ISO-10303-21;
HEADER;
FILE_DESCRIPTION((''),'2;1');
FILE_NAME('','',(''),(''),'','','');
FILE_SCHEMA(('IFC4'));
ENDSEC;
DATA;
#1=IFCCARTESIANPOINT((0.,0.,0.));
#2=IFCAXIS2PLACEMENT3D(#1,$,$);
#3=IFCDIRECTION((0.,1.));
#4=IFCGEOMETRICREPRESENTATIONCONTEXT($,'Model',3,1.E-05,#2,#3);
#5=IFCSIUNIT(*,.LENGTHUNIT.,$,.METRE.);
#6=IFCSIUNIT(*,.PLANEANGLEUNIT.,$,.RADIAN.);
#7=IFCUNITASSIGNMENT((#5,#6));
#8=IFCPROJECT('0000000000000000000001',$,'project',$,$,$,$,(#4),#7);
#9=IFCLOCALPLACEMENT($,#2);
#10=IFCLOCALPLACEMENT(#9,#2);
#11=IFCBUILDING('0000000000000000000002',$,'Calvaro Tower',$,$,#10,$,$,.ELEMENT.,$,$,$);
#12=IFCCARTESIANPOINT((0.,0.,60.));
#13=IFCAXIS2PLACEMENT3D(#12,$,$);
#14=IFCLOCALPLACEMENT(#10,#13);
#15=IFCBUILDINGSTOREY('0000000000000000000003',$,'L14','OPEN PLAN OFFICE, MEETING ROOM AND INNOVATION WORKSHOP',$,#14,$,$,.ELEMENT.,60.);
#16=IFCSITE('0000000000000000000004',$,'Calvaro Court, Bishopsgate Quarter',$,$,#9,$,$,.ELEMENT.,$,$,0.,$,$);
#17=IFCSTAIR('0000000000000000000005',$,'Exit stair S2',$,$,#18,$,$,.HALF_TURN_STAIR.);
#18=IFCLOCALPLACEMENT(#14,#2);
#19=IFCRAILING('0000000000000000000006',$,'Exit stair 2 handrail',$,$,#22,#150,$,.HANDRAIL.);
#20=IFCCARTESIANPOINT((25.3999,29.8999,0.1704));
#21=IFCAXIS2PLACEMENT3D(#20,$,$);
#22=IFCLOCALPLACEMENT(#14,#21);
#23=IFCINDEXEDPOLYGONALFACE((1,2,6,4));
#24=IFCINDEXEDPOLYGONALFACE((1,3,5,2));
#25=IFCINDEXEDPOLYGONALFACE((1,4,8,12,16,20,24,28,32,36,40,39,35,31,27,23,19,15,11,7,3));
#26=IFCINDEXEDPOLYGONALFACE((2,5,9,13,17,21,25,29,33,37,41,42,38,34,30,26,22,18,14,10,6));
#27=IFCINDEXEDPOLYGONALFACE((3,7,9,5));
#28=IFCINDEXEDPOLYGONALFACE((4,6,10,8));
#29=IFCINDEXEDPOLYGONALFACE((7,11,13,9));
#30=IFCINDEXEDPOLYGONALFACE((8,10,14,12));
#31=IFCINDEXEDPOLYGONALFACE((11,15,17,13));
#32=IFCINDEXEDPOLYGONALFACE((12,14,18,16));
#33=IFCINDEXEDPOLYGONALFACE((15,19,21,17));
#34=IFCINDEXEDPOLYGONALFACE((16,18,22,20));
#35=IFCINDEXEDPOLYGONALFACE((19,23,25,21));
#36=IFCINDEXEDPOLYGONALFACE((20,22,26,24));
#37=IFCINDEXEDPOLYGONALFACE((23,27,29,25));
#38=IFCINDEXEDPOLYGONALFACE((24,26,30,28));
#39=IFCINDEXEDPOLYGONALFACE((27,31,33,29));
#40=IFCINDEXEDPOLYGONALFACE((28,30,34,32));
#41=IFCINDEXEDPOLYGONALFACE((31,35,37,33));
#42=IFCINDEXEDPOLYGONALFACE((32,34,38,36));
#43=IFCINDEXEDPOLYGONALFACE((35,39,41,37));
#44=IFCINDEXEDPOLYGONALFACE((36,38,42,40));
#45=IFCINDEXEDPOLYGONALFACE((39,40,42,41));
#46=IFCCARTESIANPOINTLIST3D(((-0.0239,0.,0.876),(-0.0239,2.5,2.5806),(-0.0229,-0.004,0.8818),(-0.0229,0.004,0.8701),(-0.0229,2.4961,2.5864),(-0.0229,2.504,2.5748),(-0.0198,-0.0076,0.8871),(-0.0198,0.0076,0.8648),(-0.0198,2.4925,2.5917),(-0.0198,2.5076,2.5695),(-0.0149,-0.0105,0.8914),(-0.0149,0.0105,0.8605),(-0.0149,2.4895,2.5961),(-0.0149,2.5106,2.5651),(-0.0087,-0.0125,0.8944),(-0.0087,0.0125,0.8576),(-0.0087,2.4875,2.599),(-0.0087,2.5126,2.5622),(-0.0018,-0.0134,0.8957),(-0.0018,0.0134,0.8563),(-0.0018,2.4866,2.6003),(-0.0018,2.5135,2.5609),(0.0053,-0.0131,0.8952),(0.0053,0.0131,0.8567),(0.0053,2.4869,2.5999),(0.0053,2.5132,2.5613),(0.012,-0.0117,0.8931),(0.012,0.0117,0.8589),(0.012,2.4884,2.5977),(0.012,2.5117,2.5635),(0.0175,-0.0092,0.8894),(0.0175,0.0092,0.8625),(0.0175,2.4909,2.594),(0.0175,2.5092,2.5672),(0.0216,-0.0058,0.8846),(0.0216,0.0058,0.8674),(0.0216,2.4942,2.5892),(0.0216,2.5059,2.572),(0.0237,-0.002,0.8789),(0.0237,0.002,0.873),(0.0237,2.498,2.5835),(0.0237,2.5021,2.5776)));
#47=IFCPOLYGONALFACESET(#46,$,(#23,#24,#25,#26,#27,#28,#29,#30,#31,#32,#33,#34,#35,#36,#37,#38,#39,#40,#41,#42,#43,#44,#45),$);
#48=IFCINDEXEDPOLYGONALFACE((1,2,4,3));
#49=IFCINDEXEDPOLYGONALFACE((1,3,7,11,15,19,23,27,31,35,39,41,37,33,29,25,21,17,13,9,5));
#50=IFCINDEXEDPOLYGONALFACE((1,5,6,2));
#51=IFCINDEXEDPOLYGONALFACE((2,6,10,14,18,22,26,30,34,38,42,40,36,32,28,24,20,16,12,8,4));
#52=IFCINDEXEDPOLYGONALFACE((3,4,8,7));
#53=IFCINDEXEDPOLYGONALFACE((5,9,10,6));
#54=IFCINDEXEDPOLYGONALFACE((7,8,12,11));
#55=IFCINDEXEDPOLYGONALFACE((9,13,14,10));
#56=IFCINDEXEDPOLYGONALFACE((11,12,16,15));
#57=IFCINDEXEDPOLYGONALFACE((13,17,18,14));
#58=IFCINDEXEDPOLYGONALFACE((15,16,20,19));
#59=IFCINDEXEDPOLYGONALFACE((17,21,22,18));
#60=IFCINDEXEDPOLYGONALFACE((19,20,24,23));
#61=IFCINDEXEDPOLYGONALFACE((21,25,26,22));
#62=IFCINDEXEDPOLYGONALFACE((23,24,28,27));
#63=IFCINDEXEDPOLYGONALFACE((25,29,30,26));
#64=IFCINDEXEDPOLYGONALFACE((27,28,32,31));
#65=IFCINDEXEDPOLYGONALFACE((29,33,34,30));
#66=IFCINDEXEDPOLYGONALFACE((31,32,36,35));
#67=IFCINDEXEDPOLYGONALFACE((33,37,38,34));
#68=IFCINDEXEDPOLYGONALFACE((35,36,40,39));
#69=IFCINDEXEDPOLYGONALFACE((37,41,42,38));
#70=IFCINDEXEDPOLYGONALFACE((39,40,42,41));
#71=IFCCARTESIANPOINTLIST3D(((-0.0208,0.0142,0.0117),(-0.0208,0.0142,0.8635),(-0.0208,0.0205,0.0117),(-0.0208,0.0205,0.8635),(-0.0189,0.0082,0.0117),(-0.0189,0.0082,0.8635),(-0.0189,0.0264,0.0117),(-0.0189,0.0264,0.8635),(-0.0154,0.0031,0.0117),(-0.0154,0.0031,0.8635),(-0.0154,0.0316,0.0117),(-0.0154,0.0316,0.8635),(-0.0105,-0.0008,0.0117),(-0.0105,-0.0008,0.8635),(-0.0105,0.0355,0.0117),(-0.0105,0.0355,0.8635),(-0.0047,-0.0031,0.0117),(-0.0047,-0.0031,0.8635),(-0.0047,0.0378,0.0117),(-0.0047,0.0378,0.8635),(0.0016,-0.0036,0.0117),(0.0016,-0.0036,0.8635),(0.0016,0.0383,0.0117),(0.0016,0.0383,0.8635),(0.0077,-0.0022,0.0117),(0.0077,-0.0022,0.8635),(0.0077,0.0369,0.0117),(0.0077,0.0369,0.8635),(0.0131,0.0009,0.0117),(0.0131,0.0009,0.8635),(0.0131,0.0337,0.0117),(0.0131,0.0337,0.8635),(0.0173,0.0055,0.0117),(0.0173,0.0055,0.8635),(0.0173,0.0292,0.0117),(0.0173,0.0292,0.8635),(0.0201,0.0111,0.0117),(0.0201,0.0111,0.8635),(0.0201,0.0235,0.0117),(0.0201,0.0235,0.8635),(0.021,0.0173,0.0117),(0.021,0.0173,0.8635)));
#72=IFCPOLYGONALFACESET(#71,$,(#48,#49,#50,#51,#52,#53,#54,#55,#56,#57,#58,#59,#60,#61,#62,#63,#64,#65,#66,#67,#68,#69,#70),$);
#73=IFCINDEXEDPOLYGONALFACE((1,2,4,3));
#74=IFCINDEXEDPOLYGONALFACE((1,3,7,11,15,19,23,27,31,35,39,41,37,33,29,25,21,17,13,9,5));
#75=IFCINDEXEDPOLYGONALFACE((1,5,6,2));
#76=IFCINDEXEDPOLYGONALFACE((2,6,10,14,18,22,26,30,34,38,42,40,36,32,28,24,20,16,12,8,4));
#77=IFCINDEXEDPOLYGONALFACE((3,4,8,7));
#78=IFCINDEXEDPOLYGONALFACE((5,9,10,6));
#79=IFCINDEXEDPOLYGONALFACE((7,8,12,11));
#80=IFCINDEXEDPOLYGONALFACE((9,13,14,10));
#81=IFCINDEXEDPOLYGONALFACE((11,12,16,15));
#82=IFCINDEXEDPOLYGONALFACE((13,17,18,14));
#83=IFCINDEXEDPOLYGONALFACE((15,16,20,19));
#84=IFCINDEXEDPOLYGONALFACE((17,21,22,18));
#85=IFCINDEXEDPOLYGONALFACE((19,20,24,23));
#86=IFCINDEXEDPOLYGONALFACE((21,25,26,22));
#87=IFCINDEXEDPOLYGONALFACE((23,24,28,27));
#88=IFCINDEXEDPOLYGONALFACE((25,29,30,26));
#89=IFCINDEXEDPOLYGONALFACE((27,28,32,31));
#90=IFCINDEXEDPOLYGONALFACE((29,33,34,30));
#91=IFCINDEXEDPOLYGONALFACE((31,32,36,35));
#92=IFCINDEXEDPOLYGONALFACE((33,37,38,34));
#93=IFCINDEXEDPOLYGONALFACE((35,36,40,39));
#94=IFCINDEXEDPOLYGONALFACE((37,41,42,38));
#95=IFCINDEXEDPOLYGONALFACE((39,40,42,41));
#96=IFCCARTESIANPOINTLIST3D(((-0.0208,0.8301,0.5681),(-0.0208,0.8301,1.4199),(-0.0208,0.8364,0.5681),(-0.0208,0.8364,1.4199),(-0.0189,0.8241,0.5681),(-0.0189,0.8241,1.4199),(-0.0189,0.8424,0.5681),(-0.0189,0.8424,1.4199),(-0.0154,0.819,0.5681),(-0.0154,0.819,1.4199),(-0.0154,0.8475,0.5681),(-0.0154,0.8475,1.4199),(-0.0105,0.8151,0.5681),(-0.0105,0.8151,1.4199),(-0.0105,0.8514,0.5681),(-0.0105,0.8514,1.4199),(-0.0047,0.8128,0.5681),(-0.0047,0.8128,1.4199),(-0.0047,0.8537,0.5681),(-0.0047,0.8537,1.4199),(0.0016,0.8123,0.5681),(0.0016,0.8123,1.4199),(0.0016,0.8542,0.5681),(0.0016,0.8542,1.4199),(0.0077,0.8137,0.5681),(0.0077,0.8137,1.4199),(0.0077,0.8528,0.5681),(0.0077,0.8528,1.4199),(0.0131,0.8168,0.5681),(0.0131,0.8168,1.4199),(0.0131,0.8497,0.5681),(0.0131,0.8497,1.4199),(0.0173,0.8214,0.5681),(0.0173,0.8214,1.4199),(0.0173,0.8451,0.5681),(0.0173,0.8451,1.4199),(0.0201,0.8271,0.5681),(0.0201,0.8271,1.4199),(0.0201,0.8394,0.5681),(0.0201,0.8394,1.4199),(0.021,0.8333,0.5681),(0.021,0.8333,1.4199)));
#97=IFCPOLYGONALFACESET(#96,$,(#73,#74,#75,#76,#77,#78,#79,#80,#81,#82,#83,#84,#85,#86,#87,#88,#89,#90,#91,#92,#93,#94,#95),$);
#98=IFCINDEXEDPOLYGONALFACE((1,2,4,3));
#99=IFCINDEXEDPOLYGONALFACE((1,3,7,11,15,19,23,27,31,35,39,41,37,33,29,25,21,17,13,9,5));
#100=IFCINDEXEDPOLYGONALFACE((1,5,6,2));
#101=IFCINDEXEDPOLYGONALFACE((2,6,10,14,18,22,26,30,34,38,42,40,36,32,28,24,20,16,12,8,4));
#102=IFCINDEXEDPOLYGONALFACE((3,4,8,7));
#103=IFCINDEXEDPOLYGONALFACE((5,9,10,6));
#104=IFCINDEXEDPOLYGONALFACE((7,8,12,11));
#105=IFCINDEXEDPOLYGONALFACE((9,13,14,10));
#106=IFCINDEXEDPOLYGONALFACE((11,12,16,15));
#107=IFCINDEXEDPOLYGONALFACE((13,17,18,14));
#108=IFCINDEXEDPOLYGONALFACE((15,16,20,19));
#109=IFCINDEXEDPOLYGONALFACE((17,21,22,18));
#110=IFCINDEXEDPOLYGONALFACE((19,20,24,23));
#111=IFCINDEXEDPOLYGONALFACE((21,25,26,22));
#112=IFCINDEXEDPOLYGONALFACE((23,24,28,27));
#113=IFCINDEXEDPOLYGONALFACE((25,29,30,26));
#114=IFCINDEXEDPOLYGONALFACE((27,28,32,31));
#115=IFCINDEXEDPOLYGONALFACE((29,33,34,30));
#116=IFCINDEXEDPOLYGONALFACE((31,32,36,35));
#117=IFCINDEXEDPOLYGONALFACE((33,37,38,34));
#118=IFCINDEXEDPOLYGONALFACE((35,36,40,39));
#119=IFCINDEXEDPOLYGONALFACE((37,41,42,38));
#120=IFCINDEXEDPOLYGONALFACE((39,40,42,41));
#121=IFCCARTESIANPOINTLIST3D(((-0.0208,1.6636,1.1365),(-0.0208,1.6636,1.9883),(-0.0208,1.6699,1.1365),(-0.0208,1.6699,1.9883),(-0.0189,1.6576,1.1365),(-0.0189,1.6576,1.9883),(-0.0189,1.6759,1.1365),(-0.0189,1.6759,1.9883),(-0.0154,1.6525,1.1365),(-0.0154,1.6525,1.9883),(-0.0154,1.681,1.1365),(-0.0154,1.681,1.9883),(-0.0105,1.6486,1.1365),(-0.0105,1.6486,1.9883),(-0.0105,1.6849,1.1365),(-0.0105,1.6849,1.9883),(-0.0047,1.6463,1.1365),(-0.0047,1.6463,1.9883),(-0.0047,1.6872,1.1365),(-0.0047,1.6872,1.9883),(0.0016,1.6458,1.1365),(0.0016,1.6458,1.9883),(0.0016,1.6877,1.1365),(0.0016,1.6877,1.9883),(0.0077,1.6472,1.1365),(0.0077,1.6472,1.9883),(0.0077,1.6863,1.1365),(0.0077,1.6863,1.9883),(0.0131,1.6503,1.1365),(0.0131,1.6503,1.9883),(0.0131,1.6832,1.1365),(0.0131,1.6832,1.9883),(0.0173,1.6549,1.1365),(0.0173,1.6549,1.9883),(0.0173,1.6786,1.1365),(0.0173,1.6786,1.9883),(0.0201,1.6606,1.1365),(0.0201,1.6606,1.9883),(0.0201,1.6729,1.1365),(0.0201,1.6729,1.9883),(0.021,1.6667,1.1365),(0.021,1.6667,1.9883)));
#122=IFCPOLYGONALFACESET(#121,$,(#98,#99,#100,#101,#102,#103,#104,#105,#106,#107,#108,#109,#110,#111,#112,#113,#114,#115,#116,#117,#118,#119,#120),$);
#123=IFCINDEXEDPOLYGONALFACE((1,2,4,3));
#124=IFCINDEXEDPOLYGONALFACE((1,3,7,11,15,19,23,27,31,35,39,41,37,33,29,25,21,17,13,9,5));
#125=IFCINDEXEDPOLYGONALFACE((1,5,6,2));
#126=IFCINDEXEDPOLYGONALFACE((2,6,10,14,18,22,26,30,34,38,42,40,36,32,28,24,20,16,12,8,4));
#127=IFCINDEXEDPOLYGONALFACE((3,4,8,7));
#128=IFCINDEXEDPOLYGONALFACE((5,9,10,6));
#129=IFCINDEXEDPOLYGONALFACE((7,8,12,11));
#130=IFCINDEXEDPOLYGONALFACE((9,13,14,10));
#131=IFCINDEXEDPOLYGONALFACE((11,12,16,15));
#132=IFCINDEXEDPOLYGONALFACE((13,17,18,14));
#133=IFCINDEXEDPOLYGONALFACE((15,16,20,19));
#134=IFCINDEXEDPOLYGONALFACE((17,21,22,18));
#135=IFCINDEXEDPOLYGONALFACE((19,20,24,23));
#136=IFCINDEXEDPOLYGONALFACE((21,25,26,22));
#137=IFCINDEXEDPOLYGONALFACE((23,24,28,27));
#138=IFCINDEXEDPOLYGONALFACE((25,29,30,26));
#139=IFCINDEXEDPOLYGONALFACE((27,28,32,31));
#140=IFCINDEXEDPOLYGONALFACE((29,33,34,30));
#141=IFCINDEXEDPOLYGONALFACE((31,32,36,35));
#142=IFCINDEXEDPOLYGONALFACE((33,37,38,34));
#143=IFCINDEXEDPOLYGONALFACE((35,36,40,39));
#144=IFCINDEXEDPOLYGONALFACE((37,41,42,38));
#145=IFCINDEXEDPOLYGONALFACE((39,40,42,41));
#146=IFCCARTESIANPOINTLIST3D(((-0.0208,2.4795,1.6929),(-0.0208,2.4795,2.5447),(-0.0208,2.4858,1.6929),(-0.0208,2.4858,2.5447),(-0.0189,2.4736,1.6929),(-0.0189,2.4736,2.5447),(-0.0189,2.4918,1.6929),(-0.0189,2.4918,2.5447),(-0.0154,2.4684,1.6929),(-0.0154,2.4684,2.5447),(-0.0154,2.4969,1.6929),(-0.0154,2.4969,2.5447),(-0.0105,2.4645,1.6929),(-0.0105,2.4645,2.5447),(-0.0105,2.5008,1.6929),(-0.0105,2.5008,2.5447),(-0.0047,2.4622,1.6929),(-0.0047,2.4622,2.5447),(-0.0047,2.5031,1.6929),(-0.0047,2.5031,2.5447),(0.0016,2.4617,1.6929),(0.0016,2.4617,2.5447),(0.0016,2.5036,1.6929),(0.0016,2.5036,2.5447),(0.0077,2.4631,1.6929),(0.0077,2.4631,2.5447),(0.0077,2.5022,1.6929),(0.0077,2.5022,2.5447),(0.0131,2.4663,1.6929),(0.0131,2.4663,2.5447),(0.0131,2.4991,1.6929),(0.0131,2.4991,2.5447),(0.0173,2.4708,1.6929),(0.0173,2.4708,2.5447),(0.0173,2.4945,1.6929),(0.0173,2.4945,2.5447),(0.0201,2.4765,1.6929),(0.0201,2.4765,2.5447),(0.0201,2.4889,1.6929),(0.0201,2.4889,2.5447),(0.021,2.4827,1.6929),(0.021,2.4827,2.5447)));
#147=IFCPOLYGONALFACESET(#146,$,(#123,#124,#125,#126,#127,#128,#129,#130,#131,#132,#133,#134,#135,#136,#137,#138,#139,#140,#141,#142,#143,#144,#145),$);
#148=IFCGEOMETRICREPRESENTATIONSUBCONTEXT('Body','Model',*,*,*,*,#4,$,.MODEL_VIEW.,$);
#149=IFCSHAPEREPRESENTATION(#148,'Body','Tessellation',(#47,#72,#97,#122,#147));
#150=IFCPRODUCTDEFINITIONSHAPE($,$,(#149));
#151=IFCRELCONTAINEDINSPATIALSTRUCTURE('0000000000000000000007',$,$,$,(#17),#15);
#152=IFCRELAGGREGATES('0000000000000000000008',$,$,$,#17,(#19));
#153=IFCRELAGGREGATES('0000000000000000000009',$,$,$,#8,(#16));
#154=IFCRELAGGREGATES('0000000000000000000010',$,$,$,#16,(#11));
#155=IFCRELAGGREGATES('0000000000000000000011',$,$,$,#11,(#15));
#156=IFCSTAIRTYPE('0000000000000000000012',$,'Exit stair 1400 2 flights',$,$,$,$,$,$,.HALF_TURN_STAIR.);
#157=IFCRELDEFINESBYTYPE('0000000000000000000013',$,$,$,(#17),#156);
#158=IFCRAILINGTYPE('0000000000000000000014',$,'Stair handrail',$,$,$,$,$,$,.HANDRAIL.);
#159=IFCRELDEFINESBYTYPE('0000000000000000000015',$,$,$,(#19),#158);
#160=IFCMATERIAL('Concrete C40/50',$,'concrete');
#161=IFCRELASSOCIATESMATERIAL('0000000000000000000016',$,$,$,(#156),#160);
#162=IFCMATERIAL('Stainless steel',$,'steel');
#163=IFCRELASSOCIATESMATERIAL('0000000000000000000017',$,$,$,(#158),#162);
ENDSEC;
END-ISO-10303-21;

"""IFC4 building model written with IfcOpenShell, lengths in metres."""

from ifc_helpers import new_model, si_unit, direction, frame, origin, origin_2d, place, context, subcontext, project, spatial, circle, extrude, material, type_object, element, aggregate, save


model = new_model("IFC4")

# Units and contexts
model_context = context("Model", 3, precision=1e-05, world=origin(), true_north=direction((0.0, 1.0)))
body_context = subcontext(model_context, "Body", "Model", "MODEL_VIEW")
ifc_project = project(units=[si_unit("LENGTHUNIT", "METRE"), si_unit("PLANEANGLEUNIT", "RADIAN")], contexts=[model_context])

# Site, building, storey
site_placement = place(None, origin())
site = spatial("IfcSite", under=ifc_project, at=site_placement, Name="Calvaro Court, Bishopsgate Quarter", CompositionType="ELEMENT", RefElevation=0.0)
building_placement = place(site_placement, origin())
building = spatial("IfcBuilding", under=site, at=building_placement, Name="Calvaro Tower", CompositionType="ELEMENT")
storey_placement = place(building_placement, frame((0.0, 0.0, 60.0)))
storey = spatial("IfcBuildingStorey", under=building, at=storey_placement, Name="L14", Description="OPEN PLAN OFFICE, MEETING ROOM AND INNOVATION WORKSHOP", CompositionType="ELEMENT", Elevation=60.0)

# Stair, railing
ifc_material_1 = material(Name="Concrete C40/50", Category="concrete")
stair_type = type_object("IfcStairType", Name="Exit stair 1400 2 flights", PredefinedType="HALF_TURN_STAIR", material=ifc_material_1)
stair_placement = place(storey_placement, origin())
stair = element("IfcStair", 1, at=stair_placement, inside=storey, type_object=stair_type, Name="Exit stair S2", PredefinedType="HALF_TURN_STAIR")
ifc_material_2 = material(Name="Stainless steel", Category="steel")
railing_type = type_object("IfcRailingType", Name="Stair handrail", PredefinedType="HANDRAIL", material=ifc_material_2)
railing_1_placement = place(storey_placement, frame((25.3999, 29.8999, 0.1704)))
railing_1 = element("IfcRailing", 2, at=railing_1_placement, type_object=railing_type, Name="Exit stair 2 handrail", PredefinedType="HANDRAIL", context=body_context, shape_type="SweptSolid", body=[
    extrude(circle(Radius=0.0239, at=origin_2d()), frame((0.0, 0.0, 0.876), z_axis=(0.0, 0.826221, 0.563347), x_axis=(-1.0, 0.0, 0.0)), (0.0, 0.0, 1.0), 3.0259),
    extrude(circle(Radius=0.021, at=origin_2d()), frame((0.0, 0.0173, 0.0117)), (0.0, 0.0, 1.0), 0.8518),
    extrude(circle(Radius=0.021, at=origin_2d()), frame((0.0, 0.8333, 0.5681)), (0.0, 0.0, 1.0), 0.8518),
    extrude(circle(Radius=0.021, at=origin_2d()), frame((0.0, 1.6667, 1.1365)), (0.0, 0.0, 1.0), 0.8518),
    extrude(circle(Radius=0.021, at=origin_2d()), frame((0.0, 2.4827, 1.6929)), (0.0, 0.0, 1.0), 0.8518),
])
aggregate(stair, [railing_1])

save(model, "model.ifc")
